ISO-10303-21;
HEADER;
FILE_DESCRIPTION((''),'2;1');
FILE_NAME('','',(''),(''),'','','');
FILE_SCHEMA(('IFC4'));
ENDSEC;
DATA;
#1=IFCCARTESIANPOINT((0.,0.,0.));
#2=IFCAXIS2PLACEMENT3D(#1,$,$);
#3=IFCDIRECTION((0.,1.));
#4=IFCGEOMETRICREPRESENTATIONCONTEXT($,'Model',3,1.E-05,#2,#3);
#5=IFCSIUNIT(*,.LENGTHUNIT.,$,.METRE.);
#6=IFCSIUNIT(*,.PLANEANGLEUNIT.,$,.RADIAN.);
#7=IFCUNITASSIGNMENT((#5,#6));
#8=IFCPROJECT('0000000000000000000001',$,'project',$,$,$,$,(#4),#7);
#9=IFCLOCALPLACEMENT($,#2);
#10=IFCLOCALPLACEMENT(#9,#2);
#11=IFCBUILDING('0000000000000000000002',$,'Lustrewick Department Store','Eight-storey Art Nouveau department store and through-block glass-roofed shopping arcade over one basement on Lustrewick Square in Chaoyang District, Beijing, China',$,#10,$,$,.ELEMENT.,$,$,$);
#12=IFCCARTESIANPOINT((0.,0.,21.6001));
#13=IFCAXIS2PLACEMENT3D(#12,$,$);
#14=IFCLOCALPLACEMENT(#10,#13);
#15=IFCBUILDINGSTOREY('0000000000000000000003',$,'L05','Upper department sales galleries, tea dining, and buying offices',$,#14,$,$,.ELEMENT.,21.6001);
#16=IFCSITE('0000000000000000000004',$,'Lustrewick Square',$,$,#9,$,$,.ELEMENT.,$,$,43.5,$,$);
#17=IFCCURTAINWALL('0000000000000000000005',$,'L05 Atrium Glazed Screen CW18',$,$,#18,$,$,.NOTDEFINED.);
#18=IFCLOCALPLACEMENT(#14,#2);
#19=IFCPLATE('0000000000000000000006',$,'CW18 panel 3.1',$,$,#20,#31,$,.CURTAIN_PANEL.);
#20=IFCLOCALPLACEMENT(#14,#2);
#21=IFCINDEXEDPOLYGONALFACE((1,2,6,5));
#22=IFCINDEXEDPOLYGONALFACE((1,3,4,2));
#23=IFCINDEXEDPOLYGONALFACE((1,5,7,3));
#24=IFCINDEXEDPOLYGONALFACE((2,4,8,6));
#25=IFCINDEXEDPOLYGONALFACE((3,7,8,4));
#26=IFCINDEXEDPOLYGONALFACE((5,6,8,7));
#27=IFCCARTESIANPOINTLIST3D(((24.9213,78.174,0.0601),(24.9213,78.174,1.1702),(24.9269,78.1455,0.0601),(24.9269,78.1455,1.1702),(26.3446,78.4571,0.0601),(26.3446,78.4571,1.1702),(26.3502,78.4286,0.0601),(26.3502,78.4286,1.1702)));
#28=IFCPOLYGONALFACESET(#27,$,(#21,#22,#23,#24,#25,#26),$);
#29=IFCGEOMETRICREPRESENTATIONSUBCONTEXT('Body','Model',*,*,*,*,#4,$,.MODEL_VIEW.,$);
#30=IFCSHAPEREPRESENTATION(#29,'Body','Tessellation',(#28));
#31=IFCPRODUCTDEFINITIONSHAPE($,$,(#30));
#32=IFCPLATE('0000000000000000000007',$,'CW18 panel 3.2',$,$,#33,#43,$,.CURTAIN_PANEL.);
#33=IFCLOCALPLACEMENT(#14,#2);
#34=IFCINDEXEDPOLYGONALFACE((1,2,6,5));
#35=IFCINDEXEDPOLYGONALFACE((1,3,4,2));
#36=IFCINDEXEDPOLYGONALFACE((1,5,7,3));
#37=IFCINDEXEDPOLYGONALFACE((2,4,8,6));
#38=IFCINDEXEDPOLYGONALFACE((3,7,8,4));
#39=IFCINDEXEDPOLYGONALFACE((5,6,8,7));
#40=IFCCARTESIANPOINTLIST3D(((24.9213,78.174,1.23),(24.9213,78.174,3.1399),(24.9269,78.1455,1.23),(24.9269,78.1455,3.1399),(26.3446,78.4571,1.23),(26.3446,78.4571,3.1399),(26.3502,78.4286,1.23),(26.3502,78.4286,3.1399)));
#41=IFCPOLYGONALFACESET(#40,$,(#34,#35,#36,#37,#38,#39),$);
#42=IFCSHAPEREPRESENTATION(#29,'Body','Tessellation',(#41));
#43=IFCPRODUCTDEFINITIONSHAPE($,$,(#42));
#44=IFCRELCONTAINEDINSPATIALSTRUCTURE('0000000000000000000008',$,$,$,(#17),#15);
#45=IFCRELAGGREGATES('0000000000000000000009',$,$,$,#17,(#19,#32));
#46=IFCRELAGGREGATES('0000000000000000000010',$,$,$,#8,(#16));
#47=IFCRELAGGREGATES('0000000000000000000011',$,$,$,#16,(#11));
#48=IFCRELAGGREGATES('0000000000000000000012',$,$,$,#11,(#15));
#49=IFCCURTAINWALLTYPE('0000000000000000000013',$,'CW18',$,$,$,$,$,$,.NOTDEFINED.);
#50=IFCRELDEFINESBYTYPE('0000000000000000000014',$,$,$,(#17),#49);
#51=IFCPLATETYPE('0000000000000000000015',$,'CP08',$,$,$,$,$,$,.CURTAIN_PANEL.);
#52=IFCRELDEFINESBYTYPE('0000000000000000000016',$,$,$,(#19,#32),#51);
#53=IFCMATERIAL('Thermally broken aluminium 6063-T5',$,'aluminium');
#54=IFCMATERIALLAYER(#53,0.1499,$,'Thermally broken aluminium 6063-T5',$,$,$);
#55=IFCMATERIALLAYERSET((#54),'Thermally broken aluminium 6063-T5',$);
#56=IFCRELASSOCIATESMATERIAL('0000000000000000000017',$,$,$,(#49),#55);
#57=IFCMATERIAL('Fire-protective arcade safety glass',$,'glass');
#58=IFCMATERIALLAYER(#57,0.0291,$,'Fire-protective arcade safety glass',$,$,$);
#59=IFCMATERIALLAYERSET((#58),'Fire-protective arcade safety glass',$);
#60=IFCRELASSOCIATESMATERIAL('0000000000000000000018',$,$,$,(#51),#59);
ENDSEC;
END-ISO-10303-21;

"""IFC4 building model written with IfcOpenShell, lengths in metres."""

from ifc_helpers import new_model, si_unit, direction, frame, origin, origin_2d, place, context, subcontext, project, spatial, rectangle, extrude, material, layer, layer_set, type_object, element, aggregate, save


model = new_model("IFC4")

# Units and contexts
model_context = context("Model", 3, precision=1e-05, world=origin(), true_north=direction((0.0, 1.0)))
body_context = subcontext(model_context, "Body", "Model", "MODEL_VIEW")
ifc_project = project(units=[si_unit("LENGTHUNIT", "METRE"), si_unit("PLANEANGLEUNIT", "RADIAN")], contexts=[model_context])

# Site, building, storey
site_placement = place(None, origin())
site = spatial("IfcSite", under=ifc_project, at=site_placement, Name="Lustrewick Square", CompositionType="ELEMENT", RefElevation=43.5)
building_placement = place(site_placement, origin())
building = spatial("IfcBuilding", under=site, at=building_placement, Name="Lustrewick Department Store", Description="Eight-storey Art Nouveau department store and through-block glass-roofed shopping arcade over one basement on Lustrewick Square in Chaoyang District, Beijing, China", CompositionType="ELEMENT")
storey_placement = place(building_placement, frame((0.0, 0.0, 21.6001)))
storey = spatial("IfcBuildingStorey", under=building, at=storey_placement, Name="L05", Description="Upper department sales galleries, tea dining, and buying offices", CompositionType="ELEMENT", Elevation=21.6001)

# Curtain wall
ifc_material_1 = material(Name="Thermally broken aluminium 6063-T5", Category="aluminium")
ifc_layer_1 = layer(ifc_material_1, 0.1499, Name="Thermally broken aluminium 6063-T5")
ifc_layer_set_1 = layer_set([ifc_layer_1], Name="Thermally broken aluminium 6063-T5")
curtain_wall_type_1 = type_object("IfcCurtainWallType", Name="CW18", PredefinedType="NOTDEFINED", material=ifc_layer_set_1)
curtain_wall_1_placement = place(storey_placement, origin())
curtain_wall_1 = element("IfcCurtainWall", 1, at=curtain_wall_1_placement, inside=storey, type_object=curtain_wall_type_1, Name="L05 Atrium Glazed Screen CW18", PredefinedType="NOTDEFINED")

# Plates
ifc_material_2 = material(Name="Fire-protective arcade safety glass", Category="glass")
ifc_layer_2 = layer(ifc_material_2, 0.0291, Name="Fire-protective arcade safety glass")
ifc_layer_set_2 = layer_set([ifc_layer_2], Name="Fire-protective arcade safety glass")
plate_type_1 = type_object("IfcPlateType", Name="CP08", PredefinedType="CURTAIN_PANEL", material=ifc_layer_set_2)
plate_1_placement = place(storey_placement, frame((25.6357, 78.3013, 0.0601), z_axis=(0.0, 0.0, 1.0), x_axis=(-0.980786, -0.195085, 0.0)))
plate_1 = element("IfcPlate", 2, at=plate_1_placement, type_object=plate_type_1, Name="CW18 panel 3.1", PredefinedType="CURTAIN_PANEL", context=body_context, shape_type="SweptSolid", body=[
    extrude(rectangle(XDim=1.4512, YDim=0.0291, at=origin_2d()), origin(), (0.0, 0.0, 1.0), 1.1101),
])
plate_2_placement = place(storey_placement, frame((25.6357, 78.3013, 1.23), z_axis=(0.0, 0.0, 1.0), x_axis=(-0.980786, -0.195085, 0.0)))
plate_2 = element("IfcPlate", 3, at=plate_2_placement, type_object=plate_type_1, Name="CW18 panel 3.2", PredefinedType="CURTAIN_PANEL", context=body_context, shape_type="SweptSolid", body=[
    extrude(rectangle(XDim=1.4512, YDim=0.0291, at=origin_2d()), origin(), (0.0, 0.0, 1.0), 1.9099),
])
aggregate(curtain_wall_1, [plate_1, plate_2])

save(model, "model.ifc")
